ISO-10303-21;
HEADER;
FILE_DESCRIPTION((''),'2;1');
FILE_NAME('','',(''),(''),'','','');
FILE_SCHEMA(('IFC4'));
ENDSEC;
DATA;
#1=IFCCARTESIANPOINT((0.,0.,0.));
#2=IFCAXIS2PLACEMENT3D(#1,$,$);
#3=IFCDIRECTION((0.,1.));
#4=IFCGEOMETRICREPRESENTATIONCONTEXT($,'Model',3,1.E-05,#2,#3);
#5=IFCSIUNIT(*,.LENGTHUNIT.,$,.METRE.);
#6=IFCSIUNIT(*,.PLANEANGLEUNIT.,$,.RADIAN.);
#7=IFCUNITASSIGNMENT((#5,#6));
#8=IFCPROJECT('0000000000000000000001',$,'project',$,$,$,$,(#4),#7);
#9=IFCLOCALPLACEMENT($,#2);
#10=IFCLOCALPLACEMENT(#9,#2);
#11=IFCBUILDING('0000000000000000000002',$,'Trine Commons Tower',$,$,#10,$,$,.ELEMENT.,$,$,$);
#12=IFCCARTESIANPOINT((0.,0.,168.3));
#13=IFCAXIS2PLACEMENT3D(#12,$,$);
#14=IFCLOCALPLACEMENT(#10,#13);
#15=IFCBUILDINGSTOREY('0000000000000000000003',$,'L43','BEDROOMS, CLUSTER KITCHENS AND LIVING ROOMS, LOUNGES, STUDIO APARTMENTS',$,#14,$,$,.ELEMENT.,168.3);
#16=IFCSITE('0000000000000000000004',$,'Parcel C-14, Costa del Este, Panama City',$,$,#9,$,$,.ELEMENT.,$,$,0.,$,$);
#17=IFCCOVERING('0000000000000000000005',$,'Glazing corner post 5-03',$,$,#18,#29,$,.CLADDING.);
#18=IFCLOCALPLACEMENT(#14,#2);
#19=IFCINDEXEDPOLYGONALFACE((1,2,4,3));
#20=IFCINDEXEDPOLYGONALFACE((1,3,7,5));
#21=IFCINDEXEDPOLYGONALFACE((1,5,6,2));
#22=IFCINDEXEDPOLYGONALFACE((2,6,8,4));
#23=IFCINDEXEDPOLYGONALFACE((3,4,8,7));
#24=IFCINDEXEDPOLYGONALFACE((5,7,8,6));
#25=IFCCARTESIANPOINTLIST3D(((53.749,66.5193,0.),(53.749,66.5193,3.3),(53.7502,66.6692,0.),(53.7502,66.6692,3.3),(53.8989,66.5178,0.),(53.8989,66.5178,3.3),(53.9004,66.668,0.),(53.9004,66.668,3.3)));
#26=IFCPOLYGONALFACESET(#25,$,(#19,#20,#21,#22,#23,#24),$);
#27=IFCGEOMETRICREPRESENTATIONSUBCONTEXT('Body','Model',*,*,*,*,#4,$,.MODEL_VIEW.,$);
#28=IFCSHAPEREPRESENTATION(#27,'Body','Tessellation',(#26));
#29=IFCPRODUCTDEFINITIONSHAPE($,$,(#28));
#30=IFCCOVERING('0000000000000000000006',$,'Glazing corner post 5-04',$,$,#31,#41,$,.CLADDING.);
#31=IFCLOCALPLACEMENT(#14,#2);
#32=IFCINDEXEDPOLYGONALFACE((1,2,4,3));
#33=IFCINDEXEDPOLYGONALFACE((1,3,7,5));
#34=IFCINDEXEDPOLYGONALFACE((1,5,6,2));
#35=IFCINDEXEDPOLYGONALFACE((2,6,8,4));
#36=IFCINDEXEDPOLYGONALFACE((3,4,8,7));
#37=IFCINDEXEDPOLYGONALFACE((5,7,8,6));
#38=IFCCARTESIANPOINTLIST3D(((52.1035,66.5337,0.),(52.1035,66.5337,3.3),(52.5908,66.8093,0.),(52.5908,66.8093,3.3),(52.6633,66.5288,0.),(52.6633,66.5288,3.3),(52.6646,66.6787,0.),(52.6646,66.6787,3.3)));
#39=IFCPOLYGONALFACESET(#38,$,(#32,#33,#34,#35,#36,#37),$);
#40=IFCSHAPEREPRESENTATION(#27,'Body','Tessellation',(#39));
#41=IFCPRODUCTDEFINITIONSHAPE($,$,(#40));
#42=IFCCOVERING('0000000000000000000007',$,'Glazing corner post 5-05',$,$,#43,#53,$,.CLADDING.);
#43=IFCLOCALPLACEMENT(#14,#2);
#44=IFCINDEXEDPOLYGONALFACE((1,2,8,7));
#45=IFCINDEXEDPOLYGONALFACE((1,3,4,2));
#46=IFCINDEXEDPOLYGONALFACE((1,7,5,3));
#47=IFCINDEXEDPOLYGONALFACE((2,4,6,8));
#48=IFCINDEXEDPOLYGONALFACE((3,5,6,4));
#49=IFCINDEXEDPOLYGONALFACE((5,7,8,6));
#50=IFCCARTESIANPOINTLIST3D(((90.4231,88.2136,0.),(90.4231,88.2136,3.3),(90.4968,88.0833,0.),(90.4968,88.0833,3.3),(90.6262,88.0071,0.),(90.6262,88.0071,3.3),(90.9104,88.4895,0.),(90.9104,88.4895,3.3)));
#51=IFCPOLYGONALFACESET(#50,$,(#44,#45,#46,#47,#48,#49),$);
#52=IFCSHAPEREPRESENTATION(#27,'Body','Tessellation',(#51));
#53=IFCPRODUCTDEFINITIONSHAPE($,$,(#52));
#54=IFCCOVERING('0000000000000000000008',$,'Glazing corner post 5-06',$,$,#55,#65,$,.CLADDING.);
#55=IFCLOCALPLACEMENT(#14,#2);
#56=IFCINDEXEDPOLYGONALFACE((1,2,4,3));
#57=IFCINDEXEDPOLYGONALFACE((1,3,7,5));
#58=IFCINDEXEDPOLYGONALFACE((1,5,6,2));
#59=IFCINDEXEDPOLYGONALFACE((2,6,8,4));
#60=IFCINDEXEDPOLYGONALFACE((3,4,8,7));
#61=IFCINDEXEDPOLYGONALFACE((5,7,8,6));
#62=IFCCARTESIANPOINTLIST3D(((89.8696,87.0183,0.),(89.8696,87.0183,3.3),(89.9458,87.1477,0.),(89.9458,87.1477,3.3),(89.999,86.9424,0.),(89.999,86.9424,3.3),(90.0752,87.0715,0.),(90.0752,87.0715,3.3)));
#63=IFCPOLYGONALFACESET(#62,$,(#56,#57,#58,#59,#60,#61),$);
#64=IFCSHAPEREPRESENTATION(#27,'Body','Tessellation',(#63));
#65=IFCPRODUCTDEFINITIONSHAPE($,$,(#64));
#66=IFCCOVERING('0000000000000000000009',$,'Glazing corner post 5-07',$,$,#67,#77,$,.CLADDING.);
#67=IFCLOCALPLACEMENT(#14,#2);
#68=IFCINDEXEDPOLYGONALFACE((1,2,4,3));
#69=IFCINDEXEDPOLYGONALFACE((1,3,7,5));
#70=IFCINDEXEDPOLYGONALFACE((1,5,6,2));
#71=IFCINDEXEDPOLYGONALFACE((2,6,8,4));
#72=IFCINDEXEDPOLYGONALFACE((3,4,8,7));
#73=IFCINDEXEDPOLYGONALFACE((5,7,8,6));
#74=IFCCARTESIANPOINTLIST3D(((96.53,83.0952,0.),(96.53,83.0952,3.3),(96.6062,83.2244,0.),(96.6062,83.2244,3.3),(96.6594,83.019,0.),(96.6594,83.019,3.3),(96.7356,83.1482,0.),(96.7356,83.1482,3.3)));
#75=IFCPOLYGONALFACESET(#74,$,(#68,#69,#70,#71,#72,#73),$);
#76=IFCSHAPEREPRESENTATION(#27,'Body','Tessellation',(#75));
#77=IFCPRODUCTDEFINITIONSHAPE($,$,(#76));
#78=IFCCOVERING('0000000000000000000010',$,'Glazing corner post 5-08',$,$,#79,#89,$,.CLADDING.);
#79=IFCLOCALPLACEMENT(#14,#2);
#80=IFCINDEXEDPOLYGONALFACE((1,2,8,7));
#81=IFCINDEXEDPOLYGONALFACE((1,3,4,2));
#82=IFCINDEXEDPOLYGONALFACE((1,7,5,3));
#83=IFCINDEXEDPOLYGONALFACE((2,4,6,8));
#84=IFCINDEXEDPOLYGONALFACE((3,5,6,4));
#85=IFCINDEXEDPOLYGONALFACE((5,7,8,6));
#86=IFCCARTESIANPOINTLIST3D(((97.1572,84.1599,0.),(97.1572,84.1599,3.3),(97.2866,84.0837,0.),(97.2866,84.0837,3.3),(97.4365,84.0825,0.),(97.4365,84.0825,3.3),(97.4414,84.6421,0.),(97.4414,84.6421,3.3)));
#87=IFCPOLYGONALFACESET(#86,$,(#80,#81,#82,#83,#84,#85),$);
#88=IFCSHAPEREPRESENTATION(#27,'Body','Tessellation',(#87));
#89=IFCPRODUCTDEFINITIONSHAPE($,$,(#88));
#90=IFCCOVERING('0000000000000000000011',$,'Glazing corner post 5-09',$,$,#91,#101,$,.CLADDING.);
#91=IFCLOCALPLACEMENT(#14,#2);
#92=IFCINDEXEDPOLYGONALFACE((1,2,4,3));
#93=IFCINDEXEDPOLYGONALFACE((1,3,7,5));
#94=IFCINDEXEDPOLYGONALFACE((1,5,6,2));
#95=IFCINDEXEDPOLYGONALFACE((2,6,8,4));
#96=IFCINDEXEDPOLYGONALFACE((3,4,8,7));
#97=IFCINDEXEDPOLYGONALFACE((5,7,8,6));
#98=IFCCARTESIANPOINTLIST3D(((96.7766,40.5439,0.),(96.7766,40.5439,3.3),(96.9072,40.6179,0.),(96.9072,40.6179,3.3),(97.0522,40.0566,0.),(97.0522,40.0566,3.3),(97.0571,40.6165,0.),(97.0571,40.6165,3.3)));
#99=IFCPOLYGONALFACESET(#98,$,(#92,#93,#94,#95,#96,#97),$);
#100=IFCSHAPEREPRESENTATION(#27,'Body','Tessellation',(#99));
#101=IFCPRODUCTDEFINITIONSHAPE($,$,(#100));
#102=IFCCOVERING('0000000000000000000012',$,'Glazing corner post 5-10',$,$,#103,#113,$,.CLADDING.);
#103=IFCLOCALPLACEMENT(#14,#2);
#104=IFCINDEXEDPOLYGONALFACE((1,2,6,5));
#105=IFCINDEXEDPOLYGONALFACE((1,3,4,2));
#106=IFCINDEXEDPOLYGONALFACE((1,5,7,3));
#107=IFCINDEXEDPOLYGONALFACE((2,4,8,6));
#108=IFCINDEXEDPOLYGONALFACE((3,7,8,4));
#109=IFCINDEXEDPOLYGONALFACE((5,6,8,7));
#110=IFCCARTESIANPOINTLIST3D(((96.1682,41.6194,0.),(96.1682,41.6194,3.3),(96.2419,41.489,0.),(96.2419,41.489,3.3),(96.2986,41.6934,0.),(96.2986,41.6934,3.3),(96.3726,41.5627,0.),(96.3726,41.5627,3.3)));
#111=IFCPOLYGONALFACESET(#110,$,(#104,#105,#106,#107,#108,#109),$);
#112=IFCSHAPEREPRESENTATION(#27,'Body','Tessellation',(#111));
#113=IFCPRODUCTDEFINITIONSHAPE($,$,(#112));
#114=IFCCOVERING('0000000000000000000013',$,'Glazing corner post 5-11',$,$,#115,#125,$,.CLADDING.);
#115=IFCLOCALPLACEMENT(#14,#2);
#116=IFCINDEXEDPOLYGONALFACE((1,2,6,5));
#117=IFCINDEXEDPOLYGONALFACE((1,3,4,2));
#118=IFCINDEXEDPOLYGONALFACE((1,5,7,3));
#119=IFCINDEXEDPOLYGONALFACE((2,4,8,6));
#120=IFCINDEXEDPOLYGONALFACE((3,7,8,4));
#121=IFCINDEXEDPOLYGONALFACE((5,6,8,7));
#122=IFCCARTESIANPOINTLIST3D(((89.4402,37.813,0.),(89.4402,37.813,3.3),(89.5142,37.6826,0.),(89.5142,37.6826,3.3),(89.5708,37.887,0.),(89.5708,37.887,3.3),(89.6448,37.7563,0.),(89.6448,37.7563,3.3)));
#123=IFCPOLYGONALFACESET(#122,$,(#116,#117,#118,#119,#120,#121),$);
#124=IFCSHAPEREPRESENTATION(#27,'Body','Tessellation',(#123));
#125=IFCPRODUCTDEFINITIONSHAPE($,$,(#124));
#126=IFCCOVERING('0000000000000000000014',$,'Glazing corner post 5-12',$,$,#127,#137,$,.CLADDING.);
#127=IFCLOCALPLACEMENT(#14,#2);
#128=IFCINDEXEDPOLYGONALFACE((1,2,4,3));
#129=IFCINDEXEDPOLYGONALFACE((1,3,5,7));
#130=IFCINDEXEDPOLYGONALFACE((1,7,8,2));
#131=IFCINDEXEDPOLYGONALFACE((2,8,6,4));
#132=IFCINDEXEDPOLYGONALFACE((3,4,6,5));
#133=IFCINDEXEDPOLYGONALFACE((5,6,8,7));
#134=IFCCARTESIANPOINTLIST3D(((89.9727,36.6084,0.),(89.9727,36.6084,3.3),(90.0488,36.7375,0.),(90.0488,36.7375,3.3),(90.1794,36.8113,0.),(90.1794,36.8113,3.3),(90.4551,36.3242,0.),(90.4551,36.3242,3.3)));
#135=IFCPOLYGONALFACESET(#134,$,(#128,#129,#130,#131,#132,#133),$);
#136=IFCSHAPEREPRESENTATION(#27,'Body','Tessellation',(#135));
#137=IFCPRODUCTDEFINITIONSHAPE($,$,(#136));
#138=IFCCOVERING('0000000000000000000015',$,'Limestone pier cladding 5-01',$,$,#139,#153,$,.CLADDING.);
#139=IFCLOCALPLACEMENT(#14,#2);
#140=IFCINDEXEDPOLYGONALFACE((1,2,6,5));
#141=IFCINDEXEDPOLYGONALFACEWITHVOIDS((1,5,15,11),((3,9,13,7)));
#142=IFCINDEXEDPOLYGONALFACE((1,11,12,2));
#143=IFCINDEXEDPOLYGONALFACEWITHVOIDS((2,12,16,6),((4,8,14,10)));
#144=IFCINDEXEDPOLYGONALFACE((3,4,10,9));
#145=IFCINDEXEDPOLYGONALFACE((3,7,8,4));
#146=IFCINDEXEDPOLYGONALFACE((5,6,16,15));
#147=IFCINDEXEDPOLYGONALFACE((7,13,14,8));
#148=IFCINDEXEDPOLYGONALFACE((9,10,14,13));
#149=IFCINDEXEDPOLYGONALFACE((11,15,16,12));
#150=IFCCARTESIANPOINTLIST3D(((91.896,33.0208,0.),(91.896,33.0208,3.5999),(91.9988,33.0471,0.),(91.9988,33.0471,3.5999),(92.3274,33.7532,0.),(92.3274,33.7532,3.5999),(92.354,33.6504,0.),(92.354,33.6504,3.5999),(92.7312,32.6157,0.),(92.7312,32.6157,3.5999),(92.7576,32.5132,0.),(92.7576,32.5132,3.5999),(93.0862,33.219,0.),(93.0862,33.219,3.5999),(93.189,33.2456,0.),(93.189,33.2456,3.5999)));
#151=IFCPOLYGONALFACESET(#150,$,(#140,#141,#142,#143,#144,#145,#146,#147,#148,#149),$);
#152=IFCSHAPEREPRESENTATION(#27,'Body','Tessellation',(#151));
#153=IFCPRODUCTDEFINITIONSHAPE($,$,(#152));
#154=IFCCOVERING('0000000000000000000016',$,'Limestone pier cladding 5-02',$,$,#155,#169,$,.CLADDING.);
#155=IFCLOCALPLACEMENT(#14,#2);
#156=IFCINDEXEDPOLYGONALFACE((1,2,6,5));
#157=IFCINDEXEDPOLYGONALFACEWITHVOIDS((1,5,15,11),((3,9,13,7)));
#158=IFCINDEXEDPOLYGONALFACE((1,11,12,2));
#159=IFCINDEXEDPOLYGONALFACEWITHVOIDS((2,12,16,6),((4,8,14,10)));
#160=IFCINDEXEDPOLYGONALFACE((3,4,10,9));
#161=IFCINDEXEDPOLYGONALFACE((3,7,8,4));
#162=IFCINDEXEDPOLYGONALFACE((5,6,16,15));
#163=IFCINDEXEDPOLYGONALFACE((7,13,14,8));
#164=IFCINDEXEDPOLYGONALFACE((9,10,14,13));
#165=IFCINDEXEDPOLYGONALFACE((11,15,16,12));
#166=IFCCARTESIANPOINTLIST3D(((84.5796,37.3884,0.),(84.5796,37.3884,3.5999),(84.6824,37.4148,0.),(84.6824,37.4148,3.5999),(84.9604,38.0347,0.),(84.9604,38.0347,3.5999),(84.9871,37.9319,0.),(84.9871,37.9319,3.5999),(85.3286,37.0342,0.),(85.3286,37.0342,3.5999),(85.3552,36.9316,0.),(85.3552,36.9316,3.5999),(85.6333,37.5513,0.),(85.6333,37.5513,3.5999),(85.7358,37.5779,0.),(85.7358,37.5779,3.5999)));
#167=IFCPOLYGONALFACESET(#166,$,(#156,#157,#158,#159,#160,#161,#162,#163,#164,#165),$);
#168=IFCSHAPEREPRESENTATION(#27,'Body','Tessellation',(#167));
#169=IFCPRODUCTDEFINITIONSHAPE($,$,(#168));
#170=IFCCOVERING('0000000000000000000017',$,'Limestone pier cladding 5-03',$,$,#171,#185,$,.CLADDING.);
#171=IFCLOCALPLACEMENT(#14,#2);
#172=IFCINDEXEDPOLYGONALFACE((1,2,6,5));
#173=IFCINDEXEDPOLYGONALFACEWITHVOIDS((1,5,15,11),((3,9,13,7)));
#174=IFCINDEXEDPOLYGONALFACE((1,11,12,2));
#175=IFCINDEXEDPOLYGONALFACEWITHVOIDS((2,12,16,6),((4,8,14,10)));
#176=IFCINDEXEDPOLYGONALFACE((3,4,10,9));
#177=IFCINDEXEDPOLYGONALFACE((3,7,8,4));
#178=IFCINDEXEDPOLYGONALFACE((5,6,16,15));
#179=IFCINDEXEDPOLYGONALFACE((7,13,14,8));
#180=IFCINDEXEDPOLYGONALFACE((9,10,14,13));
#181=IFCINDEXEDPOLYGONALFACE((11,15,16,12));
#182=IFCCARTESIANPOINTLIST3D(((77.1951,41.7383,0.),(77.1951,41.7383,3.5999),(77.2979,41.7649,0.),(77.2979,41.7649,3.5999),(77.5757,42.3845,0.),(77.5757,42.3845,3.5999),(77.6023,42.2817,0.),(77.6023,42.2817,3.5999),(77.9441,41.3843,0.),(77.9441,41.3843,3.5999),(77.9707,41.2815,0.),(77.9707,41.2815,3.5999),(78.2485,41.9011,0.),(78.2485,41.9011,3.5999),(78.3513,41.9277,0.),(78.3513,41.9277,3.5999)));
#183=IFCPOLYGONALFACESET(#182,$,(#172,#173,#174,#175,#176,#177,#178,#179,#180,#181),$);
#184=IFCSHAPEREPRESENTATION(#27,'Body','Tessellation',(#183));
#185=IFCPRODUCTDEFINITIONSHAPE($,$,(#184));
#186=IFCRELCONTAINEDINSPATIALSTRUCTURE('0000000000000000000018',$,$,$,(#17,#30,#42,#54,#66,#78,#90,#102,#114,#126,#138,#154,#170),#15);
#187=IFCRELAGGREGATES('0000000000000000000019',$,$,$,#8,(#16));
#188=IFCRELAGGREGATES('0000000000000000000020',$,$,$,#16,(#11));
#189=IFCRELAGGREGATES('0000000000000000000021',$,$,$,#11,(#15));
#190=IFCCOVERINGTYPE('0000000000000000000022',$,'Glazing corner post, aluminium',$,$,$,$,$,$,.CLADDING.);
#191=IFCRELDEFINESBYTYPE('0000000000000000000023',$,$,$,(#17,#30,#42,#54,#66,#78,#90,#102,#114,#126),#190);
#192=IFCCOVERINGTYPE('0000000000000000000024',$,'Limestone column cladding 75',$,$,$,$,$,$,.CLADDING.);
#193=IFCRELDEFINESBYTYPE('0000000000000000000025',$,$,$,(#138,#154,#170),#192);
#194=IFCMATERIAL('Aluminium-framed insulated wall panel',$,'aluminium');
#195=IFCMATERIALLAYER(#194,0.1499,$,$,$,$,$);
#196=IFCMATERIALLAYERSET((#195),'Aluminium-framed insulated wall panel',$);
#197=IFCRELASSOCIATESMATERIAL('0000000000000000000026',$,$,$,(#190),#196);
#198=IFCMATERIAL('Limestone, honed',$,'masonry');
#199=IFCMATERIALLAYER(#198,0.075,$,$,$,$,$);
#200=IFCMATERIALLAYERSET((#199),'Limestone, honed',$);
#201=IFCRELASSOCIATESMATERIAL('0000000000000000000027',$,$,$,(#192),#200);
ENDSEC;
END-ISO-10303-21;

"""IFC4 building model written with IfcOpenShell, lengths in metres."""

from ifc_helpers import new_model, si_unit, direction, frame, origin, place, context, subcontext, project, spatial, polyline, outline, extrude, material, layer, layer_set, type_object, element, save


model = new_model("IFC4")

# Units and contexts
model_context = context("Model", 3, precision=1e-05, world=origin(), true_north=direction((0.0, 1.0)))
body_context = subcontext(model_context, "Body", "Model", "MODEL_VIEW")
ifc_project = project(units=[si_unit("LENGTHUNIT", "METRE"), si_unit("PLANEANGLEUNIT", "RADIAN")], contexts=[model_context])

# Site, building, storey
site_placement = place(None, origin())
site = spatial("IfcSite", under=ifc_project, at=site_placement, Name="Parcel C-14, Costa del Este, Panama City", CompositionType="ELEMENT", RefElevation=0.0)
building_placement = place(site_placement, origin())
building = spatial("IfcBuilding", under=site, at=building_placement, Name="Trine Commons Tower", CompositionType="ELEMENT")
storey_placement = place(building_placement, frame((0.0, 0.0, 168.3)))
storey = spatial("IfcBuildingStorey", under=building, at=storey_placement, Name="L43", Description="BEDROOMS, CLUSTER KITCHENS AND LIVING ROOMS, LOUNGES, STUDIO APARTMENTS", CompositionType="ELEMENT", Elevation=168.3)

# Coverings
ifc_material_1 = material(Name="Aluminium-framed insulated wall panel", Category="aluminium")
ifc_layer_1 = layer(ifc_material_1, 0.1499)
ifc_layer_set_1 = layer_set([ifc_layer_1], Name="Aluminium-framed insulated wall panel")
covering_type_1 = type_object("IfcCoveringType", Name="Glazing corner post, aluminium", PredefinedType="CLADDING", material=ifc_layer_set_1)
covering_1_placement = place(storey_placement, origin())
element("IfcCovering", 1, at=covering_1_placement, inside=storey, type_object=covering_type_1, Name="Glazing corner post 5-03", PredefinedType="CLADDING", context=body_context, shape_type="SweptSolid", body=[
    extrude(outline(polyline([(53.8989, 66.5178), (53.9004, 66.668), (53.7502, 66.6692), (53.749, 66.5193), (53.8989, 66.5178)])), origin(), (0.0, 0.0, 1.0), 3.3),
])
covering_2_placement = place(storey_placement, origin())
element("IfcCovering", 2, at=covering_2_placement, inside=storey, type_object=covering_type_1, Name="Glazing corner post 5-04", PredefinedType="CLADDING", context=body_context, shape_type="SweptSolid", body=[
    extrude(outline(polyline([(52.6633, 66.5288), (52.6646, 66.6787), (52.5908, 66.8093), (52.1035, 66.5337), (52.6633, 66.5288)])), origin(), (0.0, 0.0, 1.0), 3.3),
])
covering_3_placement = place(storey_placement, origin())
element("IfcCovering", 3, at=covering_3_placement, inside=storey, type_object=covering_type_1, Name="Glazing corner post 5-05", PredefinedType="CLADDING", context=body_context, shape_type="SweptSolid", body=[
    extrude(outline(polyline([(90.6262, 88.0071), (90.9104, 88.4895), (90.4231, 88.2136), (90.4968, 88.0833), (90.6262, 88.0071)])), origin(), (0.0, 0.0, 1.0), 3.3),
])
covering_4_placement = place(storey_placement, origin())
element("IfcCovering", 4, at=covering_4_placement, inside=storey, type_object=covering_type_1, Name="Glazing corner post 5-06", PredefinedType="CLADDING", context=body_context, shape_type="SweptSolid", body=[
    extrude(outline(polyline([(89.999, 86.9424), (90.0752, 87.0715), (89.9458, 87.1477), (89.8696, 87.0183), (89.999, 86.9424)])), origin(), (0.0, 0.0, 1.0), 3.3),
])
covering_5_placement = place(storey_placement, origin())
element("IfcCovering", 5, at=covering_5_placement, inside=storey, type_object=covering_type_1, Name="Glazing corner post 5-07", PredefinedType="CLADDING", context=body_context, shape_type="SweptSolid", body=[
    extrude(outline(polyline([(96.53, 83.0952), (96.6594, 83.019), (96.7356, 83.1482), (96.6062, 83.2244), (96.53, 83.0952)])), origin(), (0.0, 0.0, 1.0), 3.3),
])
covering_6_placement = place(storey_placement, origin())
element("IfcCovering", 6, at=covering_6_placement, inside=storey, type_object=covering_type_1, Name="Glazing corner post 5-08", PredefinedType="CLADDING", context=body_context, shape_type="SweptSolid", body=[
    extrude(outline(polyline([(97.4365, 84.0825), (97.4414, 84.6421), (97.1572, 84.1599), (97.2866, 84.0837), (97.4365, 84.0825)])), origin(), (0.0, 0.0, 1.0), 3.3),
])
covering_7_placement = place(storey_placement, origin())
element("IfcCovering", 7, at=covering_7_placement, inside=storey, type_object=covering_type_1, Name="Glazing corner post 5-09", PredefinedType="CLADDING", context=body_context, shape_type="SweptSolid", body=[
    extrude(outline(polyline([(96.7766, 40.5439), (97.0522, 40.0566), (97.0571, 40.6165), (96.9072, 40.6179), (96.9072, 40.6179), (96.7766, 40.5439)])), origin(), (0.0, 0.0, 1.0), 3.3),
])
covering_8_placement = place(storey_placement, origin())
element("IfcCovering", 8, at=covering_8_placement, inside=storey, type_object=covering_type_1, Name="Glazing corner post 5-10", PredefinedType="CLADDING", context=body_context, shape_type="SweptSolid", body=[
    extrude(outline(polyline([(96.1682, 41.6194), (96.2419, 41.489), (96.3726, 41.5627), (96.2986, 41.6934), (96.1682, 41.6194)])), origin(), (0.0, 0.0, 1.0), 3.3),
])
covering_9_placement = place(storey_placement, origin())
element("IfcCovering", 9, at=covering_9_placement, inside=storey, type_object=covering_type_1, Name="Glazing corner post 5-11", PredefinedType="CLADDING", context=body_context, shape_type="SweptSolid", body=[
    extrude(outline(polyline([(89.5142, 37.6826), (89.6448, 37.7563), (89.5708, 37.887), (89.4402, 37.813), (89.5142, 37.6826)])), origin(), (0.0, 0.0, 1.0), 3.3),
])
covering_10_placement = place(storey_placement, origin())
element("IfcCovering", 10, at=covering_10_placement, inside=storey, type_object=covering_type_1, Name="Glazing corner post 5-12", PredefinedType="CLADDING", context=body_context, shape_type="SweptSolid", body=[
    extrude(outline(polyline([(89.9727, 36.6084), (90.4551, 36.3242), (90.1794, 36.8113), (90.0488, 36.7375), (89.9727, 36.6084)])), origin(), (0.0, 0.0, 1.0), 3.3),
])
ifc_material_2 = material(Name="Limestone, honed", Category="masonry")
ifc_layer_2 = layer(ifc_material_2, 0.075)
ifc_layer_set_2 = layer_set([ifc_layer_2], Name="Limestone, honed")
covering_type_2 = type_object("IfcCoveringType", Name="Limestone column cladding 75", PredefinedType="CLADDING", material=ifc_layer_set_2)
covering_11_placement = place(storey_placement, origin())
element("IfcCovering", 11, at=covering_11_placement, inside=storey, type_object=covering_type_2, Name="Limestone pier cladding 5-01", PredefinedType="CLADDING", context=body_context, shape_type="SweptSolid", body=[
    extrude(outline(polyline([(92.3274, 33.7532), (91.896, 33.0208), (92.7576, 32.5132), (93.189, 33.2456), (92.3274, 33.7532)]), holes=[polyline([(92.354, 33.6504), (91.9988, 33.0471), (92.7312, 32.6157), (93.0862, 33.219), (92.354, 33.6504)])]), origin(), (0.0, 0.0, 1.0), 3.5999),
])
covering_12_placement = place(storey_placement, origin())
element("IfcCovering", 12, at=covering_12_placement, inside=storey, type_object=covering_type_2, Name="Limestone pier cladding 5-02", PredefinedType="CLADDING", context=body_context, shape_type="SweptSolid", body=[
    extrude(outline(polyline([(84.9604, 38.0347), (84.5796, 37.3884), (85.3552, 36.9316), (85.7358, 37.5779), (84.9604, 38.0347)]), holes=[polyline([(84.9871, 37.9319), (84.6824, 37.4148), (85.3286, 37.0342), (85.6333, 37.5513), (84.9871, 37.9319)])]), origin(), (0.0, 0.0, 1.0), 3.5999),
])
covering_13_placement = place(storey_placement, origin())
element("IfcCovering", 13, at=covering_13_placement, inside=storey, type_object=covering_type_2, Name="Limestone pier cladding 5-03", PredefinedType="CLADDING", context=body_context, shape_type="SweptSolid", body=[
    extrude(outline(polyline([(77.5757, 42.3845), (77.1951, 41.7383), (77.9707, 41.2815), (78.3513, 41.9277), (77.5757, 42.3845)]), holes=[polyline([(77.6023, 42.2817), (77.2979, 41.7649), (77.9441, 41.3843), (78.2485, 41.9011), (77.6023, 42.2817)])]), origin(), (0.0, 0.0, 1.0), 3.5999),
])

save(model, "model.ifc")
